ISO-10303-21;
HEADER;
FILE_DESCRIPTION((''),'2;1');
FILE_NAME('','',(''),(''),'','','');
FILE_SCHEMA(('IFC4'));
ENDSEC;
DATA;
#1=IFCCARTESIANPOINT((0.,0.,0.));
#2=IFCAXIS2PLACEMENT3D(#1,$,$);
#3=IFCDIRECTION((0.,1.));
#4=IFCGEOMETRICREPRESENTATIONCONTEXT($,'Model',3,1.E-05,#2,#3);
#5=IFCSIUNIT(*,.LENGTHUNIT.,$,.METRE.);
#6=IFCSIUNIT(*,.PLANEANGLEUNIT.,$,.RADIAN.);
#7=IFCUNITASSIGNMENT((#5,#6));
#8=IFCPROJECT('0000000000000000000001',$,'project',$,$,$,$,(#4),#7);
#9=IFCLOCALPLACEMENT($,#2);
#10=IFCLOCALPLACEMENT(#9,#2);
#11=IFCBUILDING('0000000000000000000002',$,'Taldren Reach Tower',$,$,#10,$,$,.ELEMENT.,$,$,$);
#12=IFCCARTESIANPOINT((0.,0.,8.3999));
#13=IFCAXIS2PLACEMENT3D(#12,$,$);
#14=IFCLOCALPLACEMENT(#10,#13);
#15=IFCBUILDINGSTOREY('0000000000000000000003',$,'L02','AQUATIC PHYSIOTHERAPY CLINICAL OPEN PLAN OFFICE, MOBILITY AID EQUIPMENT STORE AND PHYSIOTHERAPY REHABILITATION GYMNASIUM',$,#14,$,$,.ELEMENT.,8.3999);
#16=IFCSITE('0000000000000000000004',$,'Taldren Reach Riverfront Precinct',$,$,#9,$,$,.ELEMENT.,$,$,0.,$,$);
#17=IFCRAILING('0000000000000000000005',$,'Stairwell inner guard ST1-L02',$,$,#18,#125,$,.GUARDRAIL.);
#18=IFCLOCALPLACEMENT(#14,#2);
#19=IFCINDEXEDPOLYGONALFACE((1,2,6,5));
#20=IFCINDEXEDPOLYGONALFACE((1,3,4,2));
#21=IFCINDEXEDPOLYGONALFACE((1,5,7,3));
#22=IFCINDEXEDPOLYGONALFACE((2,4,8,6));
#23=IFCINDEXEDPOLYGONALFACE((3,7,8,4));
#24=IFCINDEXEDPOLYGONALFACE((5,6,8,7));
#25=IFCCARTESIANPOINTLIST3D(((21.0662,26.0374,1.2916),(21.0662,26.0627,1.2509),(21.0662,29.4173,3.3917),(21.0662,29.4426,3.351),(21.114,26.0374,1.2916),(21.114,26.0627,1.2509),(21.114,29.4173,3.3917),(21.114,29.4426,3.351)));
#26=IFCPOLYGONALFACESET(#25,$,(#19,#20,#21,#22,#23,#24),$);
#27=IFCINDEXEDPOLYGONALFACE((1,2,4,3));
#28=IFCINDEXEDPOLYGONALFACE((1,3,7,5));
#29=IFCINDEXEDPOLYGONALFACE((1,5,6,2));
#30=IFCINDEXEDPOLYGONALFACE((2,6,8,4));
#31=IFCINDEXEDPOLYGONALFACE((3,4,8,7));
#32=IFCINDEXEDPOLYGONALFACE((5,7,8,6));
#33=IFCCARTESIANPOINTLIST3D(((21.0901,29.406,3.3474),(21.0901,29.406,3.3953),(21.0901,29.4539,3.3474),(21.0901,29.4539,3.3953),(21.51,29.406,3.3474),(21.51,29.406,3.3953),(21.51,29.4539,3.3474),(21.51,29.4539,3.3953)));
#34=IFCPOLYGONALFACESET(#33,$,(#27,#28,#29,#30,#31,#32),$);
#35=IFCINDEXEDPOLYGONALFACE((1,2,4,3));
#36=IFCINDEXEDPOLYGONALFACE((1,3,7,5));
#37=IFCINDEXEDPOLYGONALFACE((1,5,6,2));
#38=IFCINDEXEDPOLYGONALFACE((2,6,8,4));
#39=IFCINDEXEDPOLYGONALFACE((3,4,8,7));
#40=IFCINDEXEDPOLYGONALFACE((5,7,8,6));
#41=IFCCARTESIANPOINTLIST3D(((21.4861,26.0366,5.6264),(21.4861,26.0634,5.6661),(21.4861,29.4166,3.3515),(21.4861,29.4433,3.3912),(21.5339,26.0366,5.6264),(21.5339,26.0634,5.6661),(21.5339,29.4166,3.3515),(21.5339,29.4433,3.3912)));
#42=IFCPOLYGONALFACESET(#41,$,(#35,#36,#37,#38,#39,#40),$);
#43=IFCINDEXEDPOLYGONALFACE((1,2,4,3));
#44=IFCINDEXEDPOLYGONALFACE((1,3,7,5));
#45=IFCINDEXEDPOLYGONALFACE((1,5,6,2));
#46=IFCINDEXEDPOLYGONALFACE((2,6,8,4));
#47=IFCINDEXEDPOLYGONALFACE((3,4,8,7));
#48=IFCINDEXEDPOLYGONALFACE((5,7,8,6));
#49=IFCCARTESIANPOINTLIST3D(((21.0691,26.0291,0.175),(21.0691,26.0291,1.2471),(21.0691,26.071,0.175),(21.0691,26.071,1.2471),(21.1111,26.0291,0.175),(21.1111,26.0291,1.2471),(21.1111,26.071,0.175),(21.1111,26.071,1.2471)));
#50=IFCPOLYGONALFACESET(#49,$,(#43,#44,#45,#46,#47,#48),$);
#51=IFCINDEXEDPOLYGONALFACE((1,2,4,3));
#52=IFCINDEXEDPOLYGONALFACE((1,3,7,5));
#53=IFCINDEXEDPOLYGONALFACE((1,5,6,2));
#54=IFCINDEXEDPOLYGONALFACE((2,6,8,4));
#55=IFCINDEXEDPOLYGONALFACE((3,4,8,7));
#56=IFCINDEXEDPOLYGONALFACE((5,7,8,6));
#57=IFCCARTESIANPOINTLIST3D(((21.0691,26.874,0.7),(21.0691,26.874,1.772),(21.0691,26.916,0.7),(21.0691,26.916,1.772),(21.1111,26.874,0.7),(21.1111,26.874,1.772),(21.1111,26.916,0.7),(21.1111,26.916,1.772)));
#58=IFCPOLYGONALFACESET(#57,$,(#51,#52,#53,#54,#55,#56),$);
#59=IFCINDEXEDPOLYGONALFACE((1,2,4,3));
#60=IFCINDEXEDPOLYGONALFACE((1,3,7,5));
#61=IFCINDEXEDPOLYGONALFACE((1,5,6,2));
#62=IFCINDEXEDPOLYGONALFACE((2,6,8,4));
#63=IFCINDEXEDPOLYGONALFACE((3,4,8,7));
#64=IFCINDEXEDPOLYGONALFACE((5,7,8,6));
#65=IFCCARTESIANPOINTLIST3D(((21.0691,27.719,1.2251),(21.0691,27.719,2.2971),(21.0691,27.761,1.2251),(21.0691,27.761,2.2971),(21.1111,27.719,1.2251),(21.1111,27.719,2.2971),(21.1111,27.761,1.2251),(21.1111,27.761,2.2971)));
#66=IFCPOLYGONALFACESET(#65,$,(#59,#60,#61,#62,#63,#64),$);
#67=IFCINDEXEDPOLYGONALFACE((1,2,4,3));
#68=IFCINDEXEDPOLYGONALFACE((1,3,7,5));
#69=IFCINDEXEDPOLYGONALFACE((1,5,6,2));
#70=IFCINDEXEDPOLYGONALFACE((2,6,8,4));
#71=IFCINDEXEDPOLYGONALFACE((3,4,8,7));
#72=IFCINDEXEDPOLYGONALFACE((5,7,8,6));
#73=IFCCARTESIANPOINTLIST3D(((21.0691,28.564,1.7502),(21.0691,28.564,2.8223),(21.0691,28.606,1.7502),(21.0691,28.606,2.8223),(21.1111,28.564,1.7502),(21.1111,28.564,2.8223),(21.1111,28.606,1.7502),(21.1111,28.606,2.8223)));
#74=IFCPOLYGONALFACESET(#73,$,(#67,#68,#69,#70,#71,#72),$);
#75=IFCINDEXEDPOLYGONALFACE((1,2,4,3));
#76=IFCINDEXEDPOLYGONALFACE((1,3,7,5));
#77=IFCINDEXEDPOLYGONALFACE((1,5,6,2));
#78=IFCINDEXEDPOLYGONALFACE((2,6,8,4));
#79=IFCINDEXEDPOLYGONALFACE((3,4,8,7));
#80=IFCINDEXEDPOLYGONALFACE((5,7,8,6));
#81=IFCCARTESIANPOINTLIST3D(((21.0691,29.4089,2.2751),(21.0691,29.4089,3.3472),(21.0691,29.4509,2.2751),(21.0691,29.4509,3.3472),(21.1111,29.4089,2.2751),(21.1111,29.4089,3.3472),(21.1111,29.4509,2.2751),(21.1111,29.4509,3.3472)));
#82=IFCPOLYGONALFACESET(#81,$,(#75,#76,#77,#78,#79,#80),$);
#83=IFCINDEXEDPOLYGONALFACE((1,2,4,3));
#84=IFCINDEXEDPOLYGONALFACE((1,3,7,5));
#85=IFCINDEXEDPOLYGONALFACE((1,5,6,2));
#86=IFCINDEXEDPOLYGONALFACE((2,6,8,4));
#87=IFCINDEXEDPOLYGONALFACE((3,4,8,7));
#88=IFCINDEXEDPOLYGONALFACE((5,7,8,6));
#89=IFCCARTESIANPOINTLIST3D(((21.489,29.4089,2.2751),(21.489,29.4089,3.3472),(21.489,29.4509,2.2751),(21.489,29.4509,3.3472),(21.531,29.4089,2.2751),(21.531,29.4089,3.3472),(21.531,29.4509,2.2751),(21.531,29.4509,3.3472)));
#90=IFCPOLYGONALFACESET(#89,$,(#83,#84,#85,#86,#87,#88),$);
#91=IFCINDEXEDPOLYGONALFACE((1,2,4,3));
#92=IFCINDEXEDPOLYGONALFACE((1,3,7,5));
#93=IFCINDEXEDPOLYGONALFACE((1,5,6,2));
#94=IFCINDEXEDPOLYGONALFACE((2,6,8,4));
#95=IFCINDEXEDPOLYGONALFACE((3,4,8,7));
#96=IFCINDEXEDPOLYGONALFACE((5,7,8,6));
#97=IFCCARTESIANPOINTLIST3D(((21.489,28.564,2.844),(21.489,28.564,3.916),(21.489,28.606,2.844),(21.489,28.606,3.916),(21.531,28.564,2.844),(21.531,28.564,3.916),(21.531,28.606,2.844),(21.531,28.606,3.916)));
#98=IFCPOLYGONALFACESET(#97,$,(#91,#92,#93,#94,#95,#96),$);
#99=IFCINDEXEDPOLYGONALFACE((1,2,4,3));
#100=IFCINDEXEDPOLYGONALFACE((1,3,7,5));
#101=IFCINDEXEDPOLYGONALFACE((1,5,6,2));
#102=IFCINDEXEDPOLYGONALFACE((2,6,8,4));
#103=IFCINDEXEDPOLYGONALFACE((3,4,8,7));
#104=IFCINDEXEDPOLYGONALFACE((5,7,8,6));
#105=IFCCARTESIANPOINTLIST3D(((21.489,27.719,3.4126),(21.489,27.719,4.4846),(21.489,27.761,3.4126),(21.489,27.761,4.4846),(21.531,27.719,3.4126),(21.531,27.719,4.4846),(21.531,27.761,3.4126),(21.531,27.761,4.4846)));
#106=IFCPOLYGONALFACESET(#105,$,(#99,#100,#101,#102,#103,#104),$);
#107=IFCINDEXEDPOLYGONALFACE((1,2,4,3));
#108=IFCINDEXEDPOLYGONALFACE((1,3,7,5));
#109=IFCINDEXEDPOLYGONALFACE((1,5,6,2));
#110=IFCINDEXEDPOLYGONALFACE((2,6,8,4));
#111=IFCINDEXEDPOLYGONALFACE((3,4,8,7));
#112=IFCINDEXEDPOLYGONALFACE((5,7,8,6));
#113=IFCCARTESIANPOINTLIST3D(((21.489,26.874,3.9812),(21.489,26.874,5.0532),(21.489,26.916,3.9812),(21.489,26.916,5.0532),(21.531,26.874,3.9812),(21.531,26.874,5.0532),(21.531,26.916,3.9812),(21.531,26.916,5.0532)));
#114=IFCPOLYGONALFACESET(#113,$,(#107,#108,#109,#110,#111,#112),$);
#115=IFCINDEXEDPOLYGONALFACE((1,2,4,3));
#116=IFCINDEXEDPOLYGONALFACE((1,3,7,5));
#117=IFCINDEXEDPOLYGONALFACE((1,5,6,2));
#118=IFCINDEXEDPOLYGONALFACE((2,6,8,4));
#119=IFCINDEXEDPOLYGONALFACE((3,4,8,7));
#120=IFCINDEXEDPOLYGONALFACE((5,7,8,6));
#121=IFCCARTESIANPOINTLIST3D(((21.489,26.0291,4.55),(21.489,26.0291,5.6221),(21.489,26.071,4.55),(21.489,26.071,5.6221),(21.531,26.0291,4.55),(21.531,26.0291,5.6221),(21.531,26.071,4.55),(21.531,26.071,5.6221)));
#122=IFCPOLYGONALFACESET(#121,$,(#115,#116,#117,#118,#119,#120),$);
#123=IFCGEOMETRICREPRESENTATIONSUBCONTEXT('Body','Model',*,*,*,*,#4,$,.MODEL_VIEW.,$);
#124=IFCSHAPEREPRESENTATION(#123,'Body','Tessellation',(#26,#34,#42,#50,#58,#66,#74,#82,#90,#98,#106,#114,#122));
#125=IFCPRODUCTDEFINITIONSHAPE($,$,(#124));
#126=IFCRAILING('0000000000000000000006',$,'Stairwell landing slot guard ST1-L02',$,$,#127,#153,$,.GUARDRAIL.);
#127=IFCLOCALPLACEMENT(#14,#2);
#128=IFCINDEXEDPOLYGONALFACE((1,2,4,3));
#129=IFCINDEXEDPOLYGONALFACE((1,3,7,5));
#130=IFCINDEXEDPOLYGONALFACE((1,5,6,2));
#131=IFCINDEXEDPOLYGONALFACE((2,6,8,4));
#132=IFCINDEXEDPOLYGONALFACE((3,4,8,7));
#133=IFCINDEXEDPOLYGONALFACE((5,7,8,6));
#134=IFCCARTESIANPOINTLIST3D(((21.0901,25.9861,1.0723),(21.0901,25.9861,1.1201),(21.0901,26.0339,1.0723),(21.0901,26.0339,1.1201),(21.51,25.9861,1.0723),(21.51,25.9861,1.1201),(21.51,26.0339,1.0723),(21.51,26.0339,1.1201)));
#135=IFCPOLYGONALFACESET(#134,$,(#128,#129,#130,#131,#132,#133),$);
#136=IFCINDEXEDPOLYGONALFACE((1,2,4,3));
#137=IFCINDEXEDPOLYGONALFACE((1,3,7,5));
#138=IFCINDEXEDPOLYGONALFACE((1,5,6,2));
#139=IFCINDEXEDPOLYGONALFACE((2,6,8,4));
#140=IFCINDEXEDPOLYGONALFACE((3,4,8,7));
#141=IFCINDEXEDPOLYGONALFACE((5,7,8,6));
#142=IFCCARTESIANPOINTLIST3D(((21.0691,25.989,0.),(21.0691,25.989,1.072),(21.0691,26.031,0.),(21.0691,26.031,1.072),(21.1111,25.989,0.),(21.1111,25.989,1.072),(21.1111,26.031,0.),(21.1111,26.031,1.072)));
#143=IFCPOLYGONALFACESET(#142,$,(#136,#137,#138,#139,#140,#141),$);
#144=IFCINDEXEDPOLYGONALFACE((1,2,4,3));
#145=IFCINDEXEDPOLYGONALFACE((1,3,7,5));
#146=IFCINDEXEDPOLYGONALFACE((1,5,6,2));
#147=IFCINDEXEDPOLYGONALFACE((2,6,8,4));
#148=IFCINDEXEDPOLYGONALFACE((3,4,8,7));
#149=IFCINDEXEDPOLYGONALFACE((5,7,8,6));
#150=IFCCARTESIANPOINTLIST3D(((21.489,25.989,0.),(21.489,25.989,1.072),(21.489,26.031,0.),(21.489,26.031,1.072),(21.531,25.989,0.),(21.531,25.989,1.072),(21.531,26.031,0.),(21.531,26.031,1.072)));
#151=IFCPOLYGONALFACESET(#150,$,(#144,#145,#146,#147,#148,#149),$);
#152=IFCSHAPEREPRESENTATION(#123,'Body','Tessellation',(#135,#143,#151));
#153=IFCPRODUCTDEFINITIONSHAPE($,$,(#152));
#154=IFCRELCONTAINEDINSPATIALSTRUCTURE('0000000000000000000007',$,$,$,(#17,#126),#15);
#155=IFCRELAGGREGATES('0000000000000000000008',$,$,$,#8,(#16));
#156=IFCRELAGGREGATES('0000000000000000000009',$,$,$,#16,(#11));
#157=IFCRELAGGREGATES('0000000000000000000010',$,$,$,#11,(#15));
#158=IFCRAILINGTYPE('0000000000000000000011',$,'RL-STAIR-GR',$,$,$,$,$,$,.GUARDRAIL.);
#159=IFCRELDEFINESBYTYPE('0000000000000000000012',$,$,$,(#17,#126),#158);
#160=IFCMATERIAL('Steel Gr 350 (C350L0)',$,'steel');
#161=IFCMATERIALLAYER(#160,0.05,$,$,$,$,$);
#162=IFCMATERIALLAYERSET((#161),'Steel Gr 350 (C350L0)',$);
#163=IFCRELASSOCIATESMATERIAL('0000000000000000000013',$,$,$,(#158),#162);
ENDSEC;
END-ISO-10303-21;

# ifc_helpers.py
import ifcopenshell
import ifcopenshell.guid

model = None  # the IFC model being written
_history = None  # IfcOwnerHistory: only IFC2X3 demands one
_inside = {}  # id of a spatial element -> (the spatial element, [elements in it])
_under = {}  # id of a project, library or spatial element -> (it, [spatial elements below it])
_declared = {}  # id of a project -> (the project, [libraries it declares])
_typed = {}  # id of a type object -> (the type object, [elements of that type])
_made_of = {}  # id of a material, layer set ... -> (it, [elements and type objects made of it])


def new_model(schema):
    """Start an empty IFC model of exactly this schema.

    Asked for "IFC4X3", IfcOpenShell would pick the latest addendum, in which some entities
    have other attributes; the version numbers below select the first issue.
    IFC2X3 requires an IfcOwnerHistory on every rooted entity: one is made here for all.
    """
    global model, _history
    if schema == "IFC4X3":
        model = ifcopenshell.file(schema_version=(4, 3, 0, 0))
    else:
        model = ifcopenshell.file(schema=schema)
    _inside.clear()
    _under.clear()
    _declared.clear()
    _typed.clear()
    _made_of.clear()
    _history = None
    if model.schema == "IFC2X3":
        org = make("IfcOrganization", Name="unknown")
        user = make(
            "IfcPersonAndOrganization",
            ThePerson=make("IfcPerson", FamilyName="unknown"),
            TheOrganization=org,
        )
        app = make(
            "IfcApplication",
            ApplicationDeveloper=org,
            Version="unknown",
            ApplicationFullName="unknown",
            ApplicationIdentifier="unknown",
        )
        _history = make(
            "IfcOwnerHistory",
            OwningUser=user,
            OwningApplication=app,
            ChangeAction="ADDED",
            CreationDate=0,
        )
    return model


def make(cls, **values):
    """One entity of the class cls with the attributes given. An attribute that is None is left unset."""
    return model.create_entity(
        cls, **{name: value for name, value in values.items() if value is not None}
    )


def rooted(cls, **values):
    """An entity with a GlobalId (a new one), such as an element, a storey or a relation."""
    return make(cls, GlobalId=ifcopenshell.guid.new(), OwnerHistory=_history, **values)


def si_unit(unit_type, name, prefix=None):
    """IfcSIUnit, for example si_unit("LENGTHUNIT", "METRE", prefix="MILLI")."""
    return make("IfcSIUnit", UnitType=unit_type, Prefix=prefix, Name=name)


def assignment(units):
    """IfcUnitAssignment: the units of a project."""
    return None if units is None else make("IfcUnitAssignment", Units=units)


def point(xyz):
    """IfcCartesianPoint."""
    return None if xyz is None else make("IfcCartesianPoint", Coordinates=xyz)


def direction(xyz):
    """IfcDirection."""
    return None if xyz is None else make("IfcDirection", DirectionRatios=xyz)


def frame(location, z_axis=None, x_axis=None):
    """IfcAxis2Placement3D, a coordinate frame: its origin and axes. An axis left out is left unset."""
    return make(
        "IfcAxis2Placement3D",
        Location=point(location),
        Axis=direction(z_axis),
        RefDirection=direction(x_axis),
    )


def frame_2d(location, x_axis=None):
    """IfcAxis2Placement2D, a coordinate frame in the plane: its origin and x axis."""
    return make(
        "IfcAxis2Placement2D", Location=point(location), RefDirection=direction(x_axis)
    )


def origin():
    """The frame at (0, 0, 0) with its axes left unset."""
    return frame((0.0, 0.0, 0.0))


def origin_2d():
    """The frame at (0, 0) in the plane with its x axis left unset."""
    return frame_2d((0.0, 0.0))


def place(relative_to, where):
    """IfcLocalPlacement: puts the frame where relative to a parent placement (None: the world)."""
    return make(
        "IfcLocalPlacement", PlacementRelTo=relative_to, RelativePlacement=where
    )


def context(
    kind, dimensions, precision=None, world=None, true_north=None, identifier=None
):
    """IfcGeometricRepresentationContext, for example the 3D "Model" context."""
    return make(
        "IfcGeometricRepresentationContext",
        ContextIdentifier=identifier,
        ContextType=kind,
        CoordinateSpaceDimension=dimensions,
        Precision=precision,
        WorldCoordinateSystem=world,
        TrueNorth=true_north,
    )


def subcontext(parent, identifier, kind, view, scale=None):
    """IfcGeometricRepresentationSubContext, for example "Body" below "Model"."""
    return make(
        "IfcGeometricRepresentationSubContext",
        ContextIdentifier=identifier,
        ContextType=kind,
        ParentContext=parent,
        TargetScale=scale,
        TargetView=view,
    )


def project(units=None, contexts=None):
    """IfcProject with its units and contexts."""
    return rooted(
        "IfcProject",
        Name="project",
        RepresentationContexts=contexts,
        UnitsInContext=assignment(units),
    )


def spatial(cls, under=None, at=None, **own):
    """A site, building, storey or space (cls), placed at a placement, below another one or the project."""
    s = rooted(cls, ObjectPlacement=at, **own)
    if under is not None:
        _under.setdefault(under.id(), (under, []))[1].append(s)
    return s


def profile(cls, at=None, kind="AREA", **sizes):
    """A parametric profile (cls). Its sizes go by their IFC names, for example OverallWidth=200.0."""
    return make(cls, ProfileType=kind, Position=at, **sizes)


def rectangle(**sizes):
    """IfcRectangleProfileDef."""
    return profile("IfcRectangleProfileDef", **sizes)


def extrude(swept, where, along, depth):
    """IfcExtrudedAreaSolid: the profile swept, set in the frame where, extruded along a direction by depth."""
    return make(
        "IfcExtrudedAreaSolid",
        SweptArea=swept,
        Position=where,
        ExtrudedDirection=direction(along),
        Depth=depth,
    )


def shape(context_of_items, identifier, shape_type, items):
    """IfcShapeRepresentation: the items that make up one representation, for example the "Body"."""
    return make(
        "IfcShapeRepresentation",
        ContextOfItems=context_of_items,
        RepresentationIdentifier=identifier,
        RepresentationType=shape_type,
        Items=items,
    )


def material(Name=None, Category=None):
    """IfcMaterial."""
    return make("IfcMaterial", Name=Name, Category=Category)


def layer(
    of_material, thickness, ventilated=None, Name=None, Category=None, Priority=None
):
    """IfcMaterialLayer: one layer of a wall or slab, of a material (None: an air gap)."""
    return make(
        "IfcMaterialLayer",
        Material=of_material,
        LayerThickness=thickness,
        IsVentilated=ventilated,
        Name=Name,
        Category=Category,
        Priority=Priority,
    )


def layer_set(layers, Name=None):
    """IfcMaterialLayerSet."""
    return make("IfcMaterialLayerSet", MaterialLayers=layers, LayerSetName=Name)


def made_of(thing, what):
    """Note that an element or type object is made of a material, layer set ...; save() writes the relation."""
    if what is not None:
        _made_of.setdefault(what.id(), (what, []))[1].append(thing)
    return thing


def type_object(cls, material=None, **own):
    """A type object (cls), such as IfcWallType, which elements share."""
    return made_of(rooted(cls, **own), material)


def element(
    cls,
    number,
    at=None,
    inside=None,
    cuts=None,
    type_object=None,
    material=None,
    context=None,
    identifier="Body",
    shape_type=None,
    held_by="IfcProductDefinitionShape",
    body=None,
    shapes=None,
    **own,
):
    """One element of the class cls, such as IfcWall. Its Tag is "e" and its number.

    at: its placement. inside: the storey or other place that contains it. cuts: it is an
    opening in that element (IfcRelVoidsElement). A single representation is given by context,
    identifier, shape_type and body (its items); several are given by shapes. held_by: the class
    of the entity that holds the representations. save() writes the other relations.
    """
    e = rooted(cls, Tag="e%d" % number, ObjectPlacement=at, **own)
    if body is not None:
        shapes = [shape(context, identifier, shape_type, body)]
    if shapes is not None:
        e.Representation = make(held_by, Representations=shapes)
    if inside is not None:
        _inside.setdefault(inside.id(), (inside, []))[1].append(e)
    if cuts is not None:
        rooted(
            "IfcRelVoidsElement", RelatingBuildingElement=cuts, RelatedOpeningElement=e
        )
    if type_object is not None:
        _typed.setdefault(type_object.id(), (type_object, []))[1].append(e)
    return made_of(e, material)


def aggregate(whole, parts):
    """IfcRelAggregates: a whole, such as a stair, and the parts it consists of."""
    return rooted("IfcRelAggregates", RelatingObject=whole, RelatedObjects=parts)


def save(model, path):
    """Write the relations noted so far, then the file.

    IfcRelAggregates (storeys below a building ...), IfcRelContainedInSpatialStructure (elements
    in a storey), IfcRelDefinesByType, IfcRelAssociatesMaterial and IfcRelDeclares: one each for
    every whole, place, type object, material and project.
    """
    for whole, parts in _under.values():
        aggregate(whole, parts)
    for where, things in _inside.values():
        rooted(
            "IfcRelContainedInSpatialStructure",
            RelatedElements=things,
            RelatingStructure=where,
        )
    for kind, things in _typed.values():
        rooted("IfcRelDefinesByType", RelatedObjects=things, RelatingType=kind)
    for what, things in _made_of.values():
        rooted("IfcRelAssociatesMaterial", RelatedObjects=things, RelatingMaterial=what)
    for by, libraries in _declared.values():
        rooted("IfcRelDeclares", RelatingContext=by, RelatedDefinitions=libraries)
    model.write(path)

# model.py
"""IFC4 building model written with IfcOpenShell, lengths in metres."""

from ifc_helpers import new_model, si_unit, direction, frame, origin, origin_2d, place, context, subcontext, project, spatial, rectangle, extrude, material, layer, layer_set, type_object, element, save


model = new_model("IFC4")

# Units and contexts
model_context = context("Model", 3, precision=1e-05, world=origin(), true_north=direction((0.0, 1.0)))
body_context = subcontext(model_context, "Body", "Model", "MODEL_VIEW")
ifc_project = project(units=[si_unit("LENGTHUNIT", "METRE"), si_unit("PLANEANGLEUNIT", "RADIAN")], contexts=[model_context])

# Site, building, storey
site_placement = place(None, origin())
site = spatial("IfcSite", under=ifc_project, at=site_placement, Name="Taldren Reach Riverfront Precinct", CompositionType="ELEMENT", RefElevation=0.0)
building_placement = place(site_placement, origin())
building = spatial("IfcBuilding", under=site, at=building_placement, Name="Taldren Reach Tower", CompositionType="ELEMENT")
storey_placement = place(building_placement, frame((0.0, 0.0, 8.3999)))
storey = spatial("IfcBuildingStorey", under=building, at=storey_placement, Name="L02", Description="AQUATIC PHYSIOTHERAPY CLINICAL OPEN PLAN OFFICE, MOBILITY AID EQUIPMENT STORE AND PHYSIOTHERAPY REHABILITATION GYMNASIUM", CompositionType="ELEMENT", Elevation=8.3999)

# Railings
ifc_material_1 = material(Name="Steel Gr 350 (C350L0)", Category="steel")
ifc_layer_1 = layer(ifc_material_1, 0.05)
ifc_layer_set_1 = layer_set([ifc_layer_1], Name="Steel Gr 350 (C350L0)")
railing_type_1 = type_object("IfcRailingType", Name="RL-STAIR-GR", PredefinedType="GUARDRAIL", material=ifc_layer_set_1)
railing_1_placement = place(storey_placement, frame((21.0901, 26.05, 0.175)))
element("IfcRailing", 1, at=railing_1_placement, inside=storey, type_object=railing_type_1, Name="Stairwell inner guard ST1-L02", PredefinedType="GUARDRAIL", context=body_context, shape_type="SweptSolid", body=[
    extrude(rectangle(XDim=0.0479, YDim=0.0479, at=origin_2d()), frame((0.0, 0.0, 1.0962), z_axis=(0.0, 0.849388, 0.527769), x_axis=(-1.0, 0.0, 0.0)), (0.0, 0.0, 1.0), 3.9792),
    extrude(rectangle(XDim=0.0479, YDim=0.0479, at=origin_2d()), frame((0.0, 3.3799, 3.1963), z_axis=(1.0, 0.0, 0.0), x_axis=(0.0, 1.0, 0.0)), (0.0, 0.0, 1.0), 0.4199),
    extrude(rectangle(XDim=0.0479, YDim=0.0479, at=origin_2d()), frame((0.4199, 3.3799, 3.1963), z_axis=(0.0, -0.82959, 0.558373), x_axis=(1.0, 0.0, 0.0)), (0.0, 0.0, 1.0), 4.0742),
    extrude(rectangle(XDim=0.042, YDim=0.042, at=origin_2d()), origin(), (0.0, 0.0, 1.0), 1.072),
    extrude(rectangle(XDim=0.042, YDim=0.042, at=origin_2d()), frame((0.0, 0.845, 0.5249)), (0.0, 0.0, 1.0), 1.072),
    extrude(rectangle(XDim=0.042, YDim=0.042, at=origin_2d()), frame((0.0, 1.6899, 1.05)), (0.0, 0.0, 1.0), 1.072),
    extrude(rectangle(XDim=0.042, YDim=0.042, at=origin_2d()), frame((0.0, 2.5349, 1.5752)), (0.0, 0.0, 1.0), 1.072),
    extrude(rectangle(XDim=0.042, YDim=0.042, at=origin_2d()), frame((0.0, 3.3799, 2.1001)), (0.0, 0.0, 1.0), 1.072),
    extrude(rectangle(XDim=0.042, YDim=0.042, at=origin_2d()), frame((0.4199, 3.3799, 2.1001)), (0.0, 0.0, 1.0), 1.072),
    extrude(rectangle(XDim=0.042, YDim=0.042, at=origin_2d()), frame((0.4199, 2.5349, 2.6689)), (0.0, 0.0, 1.0), 1.072),
    extrude(rectangle(XDim=0.042, YDim=0.042, at=origin_2d()), frame((0.4199, 1.6899, 3.2375)), (0.0, 0.0, 1.0), 1.072),
    extrude(rectangle(XDim=0.042, YDim=0.042, at=origin_2d()), frame((0.4199, 0.845, 3.8062)), (0.0, 0.0, 1.0), 1.072),
    extrude(rectangle(XDim=0.042, YDim=0.042, at=origin_2d()), frame((0.4199, 0.0, 4.375)), (0.0, 0.0, 1.0), 1.072),
])
railing_2_placement = place(storey_placement, frame((21.0901, 26.01, 0.0)))
element("IfcRailing", 2, at=railing_2_placement, inside=storey, type_object=railing_type_1, Name="Stairwell landing slot guard ST1-L02", PredefinedType="GUARDRAIL", context=body_context, shape_type="SweptSolid", body=[
    extrude(rectangle(XDim=0.0479, YDim=0.0479, at=origin_2d()), frame((0.0, 0.0, 1.0962), z_axis=(1.0, 0.0, 0.0), x_axis=(0.0, 1.0, 0.0)), (0.0, 0.0, 1.0), 0.4199),
    extrude(rectangle(XDim=0.042, YDim=0.042, at=origin_2d()), origin(), (0.0, 0.0, 1.0), 1.072),
    extrude(rectangle(XDim=0.042, YDim=0.042, at=origin_2d()), frame((0.4199, 0.0, 0.0)), (0.0, 0.0, 1.0), 1.072),
])

save(model, "model.ifc")
